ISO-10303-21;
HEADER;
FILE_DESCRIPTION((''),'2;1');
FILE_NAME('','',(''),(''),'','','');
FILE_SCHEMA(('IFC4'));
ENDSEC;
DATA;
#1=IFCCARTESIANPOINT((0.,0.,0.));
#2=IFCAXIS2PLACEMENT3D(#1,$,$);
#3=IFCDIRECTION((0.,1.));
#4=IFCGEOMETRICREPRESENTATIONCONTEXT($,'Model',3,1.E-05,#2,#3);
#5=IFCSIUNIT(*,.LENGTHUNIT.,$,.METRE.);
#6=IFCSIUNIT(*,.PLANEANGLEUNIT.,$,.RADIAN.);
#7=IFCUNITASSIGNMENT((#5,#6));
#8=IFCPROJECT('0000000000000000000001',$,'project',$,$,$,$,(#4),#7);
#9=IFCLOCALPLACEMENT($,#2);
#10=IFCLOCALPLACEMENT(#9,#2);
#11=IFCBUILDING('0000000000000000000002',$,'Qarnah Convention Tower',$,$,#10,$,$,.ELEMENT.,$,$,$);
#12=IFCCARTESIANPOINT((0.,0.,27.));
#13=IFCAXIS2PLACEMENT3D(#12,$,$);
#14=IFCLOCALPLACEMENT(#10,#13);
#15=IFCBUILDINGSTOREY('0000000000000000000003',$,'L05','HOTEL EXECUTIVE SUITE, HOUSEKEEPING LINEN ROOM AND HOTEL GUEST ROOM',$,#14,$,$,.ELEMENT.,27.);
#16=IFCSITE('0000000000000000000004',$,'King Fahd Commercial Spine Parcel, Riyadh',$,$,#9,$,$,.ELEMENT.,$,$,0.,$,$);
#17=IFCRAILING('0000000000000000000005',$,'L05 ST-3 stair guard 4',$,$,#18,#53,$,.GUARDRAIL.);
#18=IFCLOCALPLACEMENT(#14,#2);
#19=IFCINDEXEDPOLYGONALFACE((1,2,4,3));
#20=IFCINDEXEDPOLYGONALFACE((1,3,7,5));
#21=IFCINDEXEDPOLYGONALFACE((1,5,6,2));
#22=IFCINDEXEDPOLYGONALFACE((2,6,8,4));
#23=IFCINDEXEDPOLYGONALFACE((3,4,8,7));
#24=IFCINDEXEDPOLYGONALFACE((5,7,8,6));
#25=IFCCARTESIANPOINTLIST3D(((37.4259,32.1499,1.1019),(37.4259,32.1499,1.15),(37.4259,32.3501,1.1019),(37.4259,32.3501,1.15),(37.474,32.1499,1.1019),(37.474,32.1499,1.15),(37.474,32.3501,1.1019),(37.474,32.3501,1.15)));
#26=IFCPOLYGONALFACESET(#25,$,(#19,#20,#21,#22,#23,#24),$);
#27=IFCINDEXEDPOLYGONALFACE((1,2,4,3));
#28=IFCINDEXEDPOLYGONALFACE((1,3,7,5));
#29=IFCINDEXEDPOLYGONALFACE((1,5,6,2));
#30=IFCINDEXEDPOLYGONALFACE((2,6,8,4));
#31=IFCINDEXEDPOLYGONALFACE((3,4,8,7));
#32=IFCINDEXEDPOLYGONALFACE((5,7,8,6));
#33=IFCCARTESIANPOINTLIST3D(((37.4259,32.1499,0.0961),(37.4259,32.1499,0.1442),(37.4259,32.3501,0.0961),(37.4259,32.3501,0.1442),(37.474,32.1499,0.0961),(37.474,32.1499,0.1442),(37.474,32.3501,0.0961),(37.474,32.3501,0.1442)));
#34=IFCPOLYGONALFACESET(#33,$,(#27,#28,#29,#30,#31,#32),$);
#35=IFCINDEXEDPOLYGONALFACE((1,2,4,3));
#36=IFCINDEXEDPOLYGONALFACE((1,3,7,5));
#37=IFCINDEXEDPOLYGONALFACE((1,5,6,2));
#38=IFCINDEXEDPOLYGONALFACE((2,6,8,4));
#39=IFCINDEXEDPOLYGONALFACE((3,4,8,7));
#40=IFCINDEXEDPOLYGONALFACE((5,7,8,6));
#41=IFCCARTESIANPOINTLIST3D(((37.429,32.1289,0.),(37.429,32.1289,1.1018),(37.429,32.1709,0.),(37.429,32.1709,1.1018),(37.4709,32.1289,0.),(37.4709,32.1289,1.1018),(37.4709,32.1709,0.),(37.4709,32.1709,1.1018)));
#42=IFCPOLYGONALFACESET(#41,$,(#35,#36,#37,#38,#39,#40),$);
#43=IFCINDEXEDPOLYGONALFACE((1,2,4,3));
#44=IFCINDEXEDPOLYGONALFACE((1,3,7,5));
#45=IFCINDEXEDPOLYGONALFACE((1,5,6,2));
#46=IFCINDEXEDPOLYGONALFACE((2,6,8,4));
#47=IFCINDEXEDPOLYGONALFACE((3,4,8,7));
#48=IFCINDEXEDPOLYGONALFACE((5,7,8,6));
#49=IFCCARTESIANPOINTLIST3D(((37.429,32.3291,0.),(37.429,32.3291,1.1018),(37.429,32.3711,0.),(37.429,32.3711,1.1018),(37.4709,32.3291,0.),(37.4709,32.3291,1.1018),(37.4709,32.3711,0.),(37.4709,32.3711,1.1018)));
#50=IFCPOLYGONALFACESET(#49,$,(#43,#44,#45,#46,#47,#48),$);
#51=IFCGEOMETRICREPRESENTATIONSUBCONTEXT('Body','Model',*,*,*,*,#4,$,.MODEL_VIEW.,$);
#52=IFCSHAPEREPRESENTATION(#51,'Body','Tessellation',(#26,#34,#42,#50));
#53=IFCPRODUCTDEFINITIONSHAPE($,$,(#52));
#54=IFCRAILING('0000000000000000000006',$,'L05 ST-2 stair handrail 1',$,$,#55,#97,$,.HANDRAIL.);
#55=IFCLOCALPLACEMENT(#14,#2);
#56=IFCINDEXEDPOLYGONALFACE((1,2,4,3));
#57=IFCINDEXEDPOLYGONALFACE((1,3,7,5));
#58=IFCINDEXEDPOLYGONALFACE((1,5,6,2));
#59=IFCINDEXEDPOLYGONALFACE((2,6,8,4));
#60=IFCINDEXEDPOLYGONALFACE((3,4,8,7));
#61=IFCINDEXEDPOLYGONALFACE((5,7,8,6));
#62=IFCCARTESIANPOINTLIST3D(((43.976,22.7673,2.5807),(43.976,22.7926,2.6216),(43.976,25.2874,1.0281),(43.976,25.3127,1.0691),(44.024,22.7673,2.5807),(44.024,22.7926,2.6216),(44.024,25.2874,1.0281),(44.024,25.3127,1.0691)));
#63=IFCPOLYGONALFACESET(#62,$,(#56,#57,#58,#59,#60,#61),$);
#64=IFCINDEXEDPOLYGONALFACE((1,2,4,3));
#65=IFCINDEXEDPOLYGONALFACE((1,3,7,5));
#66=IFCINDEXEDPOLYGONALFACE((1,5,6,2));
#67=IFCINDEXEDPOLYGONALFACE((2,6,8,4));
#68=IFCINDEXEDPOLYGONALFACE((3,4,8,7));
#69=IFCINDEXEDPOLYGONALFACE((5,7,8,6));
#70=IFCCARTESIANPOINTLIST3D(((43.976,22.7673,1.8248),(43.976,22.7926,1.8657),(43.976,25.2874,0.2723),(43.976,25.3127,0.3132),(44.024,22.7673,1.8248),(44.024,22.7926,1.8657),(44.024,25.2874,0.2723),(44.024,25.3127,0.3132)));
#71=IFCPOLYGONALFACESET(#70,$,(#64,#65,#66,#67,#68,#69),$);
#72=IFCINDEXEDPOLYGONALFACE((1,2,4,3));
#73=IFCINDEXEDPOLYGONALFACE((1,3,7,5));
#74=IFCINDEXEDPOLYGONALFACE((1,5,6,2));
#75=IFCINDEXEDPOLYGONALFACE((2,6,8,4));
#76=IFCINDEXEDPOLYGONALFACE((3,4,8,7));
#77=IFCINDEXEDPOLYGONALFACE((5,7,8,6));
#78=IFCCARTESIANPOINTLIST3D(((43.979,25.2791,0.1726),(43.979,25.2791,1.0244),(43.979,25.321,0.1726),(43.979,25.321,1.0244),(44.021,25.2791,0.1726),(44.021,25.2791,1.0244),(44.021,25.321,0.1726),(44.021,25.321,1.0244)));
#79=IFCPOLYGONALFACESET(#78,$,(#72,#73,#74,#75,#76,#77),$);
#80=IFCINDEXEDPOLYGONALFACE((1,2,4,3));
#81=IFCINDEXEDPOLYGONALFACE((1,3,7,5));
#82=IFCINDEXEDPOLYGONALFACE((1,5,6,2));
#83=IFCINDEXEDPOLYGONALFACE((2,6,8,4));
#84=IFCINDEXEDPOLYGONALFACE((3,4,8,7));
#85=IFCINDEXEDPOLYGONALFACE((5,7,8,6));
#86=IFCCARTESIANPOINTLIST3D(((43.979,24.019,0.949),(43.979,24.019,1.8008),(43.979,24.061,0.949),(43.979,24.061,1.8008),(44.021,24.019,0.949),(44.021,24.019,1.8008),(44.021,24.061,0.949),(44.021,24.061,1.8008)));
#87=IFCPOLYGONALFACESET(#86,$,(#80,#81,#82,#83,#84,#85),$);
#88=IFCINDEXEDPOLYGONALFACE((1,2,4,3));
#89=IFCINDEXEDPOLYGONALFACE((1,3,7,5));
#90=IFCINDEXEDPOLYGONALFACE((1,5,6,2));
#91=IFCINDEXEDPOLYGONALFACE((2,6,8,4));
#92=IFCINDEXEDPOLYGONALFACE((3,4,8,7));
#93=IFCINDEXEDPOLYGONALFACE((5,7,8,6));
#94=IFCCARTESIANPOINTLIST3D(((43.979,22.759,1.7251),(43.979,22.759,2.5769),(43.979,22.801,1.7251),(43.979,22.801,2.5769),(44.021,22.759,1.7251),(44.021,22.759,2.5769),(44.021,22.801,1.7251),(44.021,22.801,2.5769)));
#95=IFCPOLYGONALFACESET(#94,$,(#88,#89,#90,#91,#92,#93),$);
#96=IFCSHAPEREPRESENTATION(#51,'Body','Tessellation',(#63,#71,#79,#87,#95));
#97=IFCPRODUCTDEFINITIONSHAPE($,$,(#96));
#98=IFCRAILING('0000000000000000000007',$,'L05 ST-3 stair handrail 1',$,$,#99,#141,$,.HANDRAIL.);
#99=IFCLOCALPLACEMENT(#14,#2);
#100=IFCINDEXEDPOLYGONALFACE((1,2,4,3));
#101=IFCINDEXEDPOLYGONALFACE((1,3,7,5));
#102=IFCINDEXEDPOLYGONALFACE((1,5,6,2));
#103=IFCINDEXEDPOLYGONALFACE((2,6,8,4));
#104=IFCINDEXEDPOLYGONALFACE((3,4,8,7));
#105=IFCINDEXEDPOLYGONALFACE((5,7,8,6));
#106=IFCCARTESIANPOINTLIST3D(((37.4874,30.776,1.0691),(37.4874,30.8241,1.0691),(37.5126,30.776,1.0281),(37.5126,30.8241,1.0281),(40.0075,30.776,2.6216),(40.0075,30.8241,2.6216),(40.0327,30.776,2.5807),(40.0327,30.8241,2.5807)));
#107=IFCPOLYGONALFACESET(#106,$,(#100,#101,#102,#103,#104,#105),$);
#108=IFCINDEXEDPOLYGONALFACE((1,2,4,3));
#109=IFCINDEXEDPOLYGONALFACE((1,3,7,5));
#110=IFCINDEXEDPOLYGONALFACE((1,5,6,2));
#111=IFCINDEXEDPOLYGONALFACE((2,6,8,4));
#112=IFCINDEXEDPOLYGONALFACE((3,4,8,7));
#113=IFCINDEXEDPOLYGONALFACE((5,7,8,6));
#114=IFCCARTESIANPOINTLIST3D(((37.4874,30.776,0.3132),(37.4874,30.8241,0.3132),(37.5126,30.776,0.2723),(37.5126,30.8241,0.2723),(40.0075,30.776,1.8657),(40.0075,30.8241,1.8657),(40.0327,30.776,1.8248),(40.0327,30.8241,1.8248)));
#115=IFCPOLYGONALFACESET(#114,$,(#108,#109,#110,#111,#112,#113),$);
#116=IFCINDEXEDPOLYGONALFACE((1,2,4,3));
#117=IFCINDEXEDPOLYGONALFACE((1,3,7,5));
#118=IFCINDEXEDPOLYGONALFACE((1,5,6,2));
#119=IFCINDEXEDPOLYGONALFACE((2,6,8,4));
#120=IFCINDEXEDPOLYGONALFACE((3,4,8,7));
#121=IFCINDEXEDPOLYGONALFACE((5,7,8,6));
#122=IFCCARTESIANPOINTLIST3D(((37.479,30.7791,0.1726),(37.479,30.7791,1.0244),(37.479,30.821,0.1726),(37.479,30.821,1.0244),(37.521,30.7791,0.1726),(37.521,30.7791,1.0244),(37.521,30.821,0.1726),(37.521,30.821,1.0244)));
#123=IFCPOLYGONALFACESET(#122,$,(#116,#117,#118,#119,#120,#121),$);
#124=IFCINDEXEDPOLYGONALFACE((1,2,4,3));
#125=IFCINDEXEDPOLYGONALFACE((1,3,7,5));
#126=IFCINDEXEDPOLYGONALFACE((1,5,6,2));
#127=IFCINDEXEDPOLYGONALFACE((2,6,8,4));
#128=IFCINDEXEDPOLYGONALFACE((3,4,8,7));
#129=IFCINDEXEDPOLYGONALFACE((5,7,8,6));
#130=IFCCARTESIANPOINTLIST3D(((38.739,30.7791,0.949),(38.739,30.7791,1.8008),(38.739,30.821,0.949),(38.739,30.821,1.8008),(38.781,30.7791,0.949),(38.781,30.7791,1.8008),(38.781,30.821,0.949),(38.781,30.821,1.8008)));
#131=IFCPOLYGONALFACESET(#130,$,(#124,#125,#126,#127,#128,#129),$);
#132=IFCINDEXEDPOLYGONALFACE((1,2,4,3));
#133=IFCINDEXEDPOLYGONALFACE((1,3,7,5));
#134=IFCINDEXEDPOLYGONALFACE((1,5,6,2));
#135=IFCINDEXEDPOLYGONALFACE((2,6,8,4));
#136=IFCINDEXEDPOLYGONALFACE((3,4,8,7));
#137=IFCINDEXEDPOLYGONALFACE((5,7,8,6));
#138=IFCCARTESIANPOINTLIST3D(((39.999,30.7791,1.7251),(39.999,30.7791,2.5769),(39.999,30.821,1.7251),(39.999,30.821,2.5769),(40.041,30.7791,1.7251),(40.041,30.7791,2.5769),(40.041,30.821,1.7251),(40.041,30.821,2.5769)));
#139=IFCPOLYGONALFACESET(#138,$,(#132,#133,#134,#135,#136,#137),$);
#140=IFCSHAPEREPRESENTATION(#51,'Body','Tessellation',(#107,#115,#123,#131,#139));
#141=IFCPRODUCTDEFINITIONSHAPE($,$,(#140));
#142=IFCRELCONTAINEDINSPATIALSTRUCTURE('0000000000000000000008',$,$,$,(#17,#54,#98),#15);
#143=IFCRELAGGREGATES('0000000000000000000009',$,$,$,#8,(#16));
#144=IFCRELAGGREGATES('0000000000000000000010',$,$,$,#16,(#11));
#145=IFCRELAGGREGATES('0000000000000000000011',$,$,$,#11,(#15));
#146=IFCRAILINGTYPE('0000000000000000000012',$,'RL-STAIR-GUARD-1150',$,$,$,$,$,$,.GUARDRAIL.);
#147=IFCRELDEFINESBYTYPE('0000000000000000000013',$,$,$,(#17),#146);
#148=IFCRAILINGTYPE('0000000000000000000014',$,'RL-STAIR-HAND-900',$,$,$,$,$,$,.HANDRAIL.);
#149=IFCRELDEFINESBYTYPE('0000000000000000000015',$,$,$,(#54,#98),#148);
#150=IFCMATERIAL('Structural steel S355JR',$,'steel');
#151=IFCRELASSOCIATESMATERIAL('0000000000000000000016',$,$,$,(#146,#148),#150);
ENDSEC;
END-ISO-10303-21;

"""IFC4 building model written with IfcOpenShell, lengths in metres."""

from ifc_helpers import new_model, si_unit, direction, frame, origin, origin_2d, place, context, subcontext, project, spatial, rectangle, extrude, material, type_object, element, save


model = new_model("IFC4")

# Units and contexts
model_context = context("Model", 3, precision=1e-05, world=origin(), true_north=direction((0.0, 1.0)))
body_context = subcontext(model_context, "Body", "Model", "MODEL_VIEW")
ifc_project = project(units=[si_unit("LENGTHUNIT", "METRE"), si_unit("PLANEANGLEUNIT", "RADIAN")], contexts=[model_context])

# Site, building, storey
site_placement = place(None, origin())
site = spatial("IfcSite", under=ifc_project, at=site_placement, Name="King Fahd Commercial Spine Parcel, Riyadh", CompositionType="ELEMENT", RefElevation=0.0)
building_placement = place(site_placement, origin())
building = spatial("IfcBuilding", under=site, at=building_placement, Name="Qarnah Convention Tower", CompositionType="ELEMENT")
storey_placement = place(building_placement, frame((0.0, 0.0, 27.0)))
storey = spatial("IfcBuildingStorey", under=building, at=storey_placement, Name="L05", Description="HOTEL EXECUTIVE SUITE, HOUSEKEEPING LINEN ROOM AND HOTEL GUEST ROOM", CompositionType="ELEMENT", Elevation=27.0)

# Shared definitions
ifc_material_1 = material(Name="Structural steel S355JR", Category="steel")

# Railings
railing_type_1 = type_object("IfcRailingType", Name="RL-STAIR-GUARD-1150", PredefinedType="GUARDRAIL", material=ifc_material_1)
railing_1_placement = place(storey_placement, frame((37.45, 32.1499, 0.0)))
element("IfcRailing", 1, at=railing_1_placement, inside=storey, type_object=railing_type_1, Name="L05 ST-3 stair guard 4", PredefinedType="GUARDRAIL", context=body_context, shape_type="SweptSolid", body=[
    extrude(rectangle(XDim=0.0481, YDim=0.0481, at=origin_2d()), frame((0.0, 0.0, 1.126), z_axis=(0.0, 1.0, 0.0), x_axis=(-1.0, 0.0, 0.0)), (0.0, 0.0, 1.0), 0.2002),
    extrude(rectangle(XDim=0.0481, YDim=0.0481, at=origin_2d()), frame((0.0, 0.0, 0.1201), z_axis=(0.0, 1.0, 0.0), x_axis=(-1.0, 0.0, 0.0)), (0.0, 0.0, 1.0), 0.2002),
    extrude(rectangle(XDim=0.042, YDim=0.042, at=origin_2d()), origin(), (0.0, 0.0, 1.0), 1.1018),
    extrude(rectangle(XDim=0.042, YDim=0.042, at=origin_2d()), frame((0.0, 0.2002, 0.0)), (0.0, 0.0, 1.0), 1.1018),
])
railing_type_2 = type_object("IfcRailingType", Name="RL-STAIR-HAND-900", PredefinedType="HANDRAIL", material=ifc_material_1)
railing_2_placement = place(storey_placement, frame((44.0, 25.3, 0.1726)))
element("IfcRailing", 2, at=railing_2_placement, inside=storey, type_object=railing_type_2, Name="L05 ST-2 stair handrail 1", PredefinedType="HANDRAIL", context=body_context, shape_type="SweptSolid", body=[
    extrude(rectangle(XDim=0.0481, YDim=0.0481, at=origin_2d()), frame((0.0, 0.0, 0.876), z_axis=(0.0, -0.8514, 0.524516), x_axis=(1.0, 0.0, 0.0)), (0.0, 0.0, 1.0), 2.96),
    extrude(rectangle(XDim=0.0481, YDim=0.0481, at=origin_2d()), frame((0.0, 0.0, 0.1201), z_axis=(0.0, -0.8514, 0.524516), x_axis=(1.0, 0.0, 0.0)), (0.0, 0.0, 1.0), 2.96),
    extrude(rectangle(XDim=0.042, YDim=0.042, at=origin_2d()), origin(), (0.0, 0.0, 1.0), 0.8518),
    extrude(rectangle(XDim=0.042, YDim=0.042, at=origin_2d()), frame((0.0, -1.26, 0.7764)), (0.0, 0.0, 1.0), 0.8518),
    extrude(rectangle(XDim=0.042, YDim=0.042, at=origin_2d()), frame((0.0, -2.52, 1.5525)), (0.0, 0.0, 1.0), 0.8518),
])
railing_3_placement = place(storey_placement, frame((37.5, 30.8, 0.1726)))
element("IfcRailing", 3, at=railing_3_placement, inside=storey, type_object=railing_type_2, Name="L05 ST-3 stair handrail 1", PredefinedType="HANDRAIL", context=body_context, shape_type="SweptSolid", body=[
    extrude(rectangle(XDim=0.0481, YDim=0.0481, at=origin_2d()), frame((0.0, 0.0, 0.876), z_axis=(0.8514, 0.0, 0.524516), x_axis=(0.0, 1.0, 0.0)), (0.0, 0.0, 1.0), 2.96),
    extrude(rectangle(XDim=0.0481, YDim=0.0481, at=origin_2d()), frame((0.0, 0.0, 0.1201), z_axis=(0.8514, 0.0, 0.524516), x_axis=(0.0, 1.0, 0.0)), (0.0, 0.0, 1.0), 2.96),
    extrude(rectangle(XDim=0.042, YDim=0.042, at=origin_2d()), origin(), (0.0, 0.0, 1.0), 0.8518),
    extrude(rectangle(XDim=0.042, YDim=0.042, at=origin_2d()), frame((1.26, 0.0, 0.7764)), (0.0, 0.0, 1.0), 0.8518),
    extrude(rectangle(XDim=0.042, YDim=0.042, at=origin_2d()), frame((2.52, 0.0, 1.5525)), (0.0, 0.0, 1.0), 0.8518),
])

save(model, "model.ifc")
